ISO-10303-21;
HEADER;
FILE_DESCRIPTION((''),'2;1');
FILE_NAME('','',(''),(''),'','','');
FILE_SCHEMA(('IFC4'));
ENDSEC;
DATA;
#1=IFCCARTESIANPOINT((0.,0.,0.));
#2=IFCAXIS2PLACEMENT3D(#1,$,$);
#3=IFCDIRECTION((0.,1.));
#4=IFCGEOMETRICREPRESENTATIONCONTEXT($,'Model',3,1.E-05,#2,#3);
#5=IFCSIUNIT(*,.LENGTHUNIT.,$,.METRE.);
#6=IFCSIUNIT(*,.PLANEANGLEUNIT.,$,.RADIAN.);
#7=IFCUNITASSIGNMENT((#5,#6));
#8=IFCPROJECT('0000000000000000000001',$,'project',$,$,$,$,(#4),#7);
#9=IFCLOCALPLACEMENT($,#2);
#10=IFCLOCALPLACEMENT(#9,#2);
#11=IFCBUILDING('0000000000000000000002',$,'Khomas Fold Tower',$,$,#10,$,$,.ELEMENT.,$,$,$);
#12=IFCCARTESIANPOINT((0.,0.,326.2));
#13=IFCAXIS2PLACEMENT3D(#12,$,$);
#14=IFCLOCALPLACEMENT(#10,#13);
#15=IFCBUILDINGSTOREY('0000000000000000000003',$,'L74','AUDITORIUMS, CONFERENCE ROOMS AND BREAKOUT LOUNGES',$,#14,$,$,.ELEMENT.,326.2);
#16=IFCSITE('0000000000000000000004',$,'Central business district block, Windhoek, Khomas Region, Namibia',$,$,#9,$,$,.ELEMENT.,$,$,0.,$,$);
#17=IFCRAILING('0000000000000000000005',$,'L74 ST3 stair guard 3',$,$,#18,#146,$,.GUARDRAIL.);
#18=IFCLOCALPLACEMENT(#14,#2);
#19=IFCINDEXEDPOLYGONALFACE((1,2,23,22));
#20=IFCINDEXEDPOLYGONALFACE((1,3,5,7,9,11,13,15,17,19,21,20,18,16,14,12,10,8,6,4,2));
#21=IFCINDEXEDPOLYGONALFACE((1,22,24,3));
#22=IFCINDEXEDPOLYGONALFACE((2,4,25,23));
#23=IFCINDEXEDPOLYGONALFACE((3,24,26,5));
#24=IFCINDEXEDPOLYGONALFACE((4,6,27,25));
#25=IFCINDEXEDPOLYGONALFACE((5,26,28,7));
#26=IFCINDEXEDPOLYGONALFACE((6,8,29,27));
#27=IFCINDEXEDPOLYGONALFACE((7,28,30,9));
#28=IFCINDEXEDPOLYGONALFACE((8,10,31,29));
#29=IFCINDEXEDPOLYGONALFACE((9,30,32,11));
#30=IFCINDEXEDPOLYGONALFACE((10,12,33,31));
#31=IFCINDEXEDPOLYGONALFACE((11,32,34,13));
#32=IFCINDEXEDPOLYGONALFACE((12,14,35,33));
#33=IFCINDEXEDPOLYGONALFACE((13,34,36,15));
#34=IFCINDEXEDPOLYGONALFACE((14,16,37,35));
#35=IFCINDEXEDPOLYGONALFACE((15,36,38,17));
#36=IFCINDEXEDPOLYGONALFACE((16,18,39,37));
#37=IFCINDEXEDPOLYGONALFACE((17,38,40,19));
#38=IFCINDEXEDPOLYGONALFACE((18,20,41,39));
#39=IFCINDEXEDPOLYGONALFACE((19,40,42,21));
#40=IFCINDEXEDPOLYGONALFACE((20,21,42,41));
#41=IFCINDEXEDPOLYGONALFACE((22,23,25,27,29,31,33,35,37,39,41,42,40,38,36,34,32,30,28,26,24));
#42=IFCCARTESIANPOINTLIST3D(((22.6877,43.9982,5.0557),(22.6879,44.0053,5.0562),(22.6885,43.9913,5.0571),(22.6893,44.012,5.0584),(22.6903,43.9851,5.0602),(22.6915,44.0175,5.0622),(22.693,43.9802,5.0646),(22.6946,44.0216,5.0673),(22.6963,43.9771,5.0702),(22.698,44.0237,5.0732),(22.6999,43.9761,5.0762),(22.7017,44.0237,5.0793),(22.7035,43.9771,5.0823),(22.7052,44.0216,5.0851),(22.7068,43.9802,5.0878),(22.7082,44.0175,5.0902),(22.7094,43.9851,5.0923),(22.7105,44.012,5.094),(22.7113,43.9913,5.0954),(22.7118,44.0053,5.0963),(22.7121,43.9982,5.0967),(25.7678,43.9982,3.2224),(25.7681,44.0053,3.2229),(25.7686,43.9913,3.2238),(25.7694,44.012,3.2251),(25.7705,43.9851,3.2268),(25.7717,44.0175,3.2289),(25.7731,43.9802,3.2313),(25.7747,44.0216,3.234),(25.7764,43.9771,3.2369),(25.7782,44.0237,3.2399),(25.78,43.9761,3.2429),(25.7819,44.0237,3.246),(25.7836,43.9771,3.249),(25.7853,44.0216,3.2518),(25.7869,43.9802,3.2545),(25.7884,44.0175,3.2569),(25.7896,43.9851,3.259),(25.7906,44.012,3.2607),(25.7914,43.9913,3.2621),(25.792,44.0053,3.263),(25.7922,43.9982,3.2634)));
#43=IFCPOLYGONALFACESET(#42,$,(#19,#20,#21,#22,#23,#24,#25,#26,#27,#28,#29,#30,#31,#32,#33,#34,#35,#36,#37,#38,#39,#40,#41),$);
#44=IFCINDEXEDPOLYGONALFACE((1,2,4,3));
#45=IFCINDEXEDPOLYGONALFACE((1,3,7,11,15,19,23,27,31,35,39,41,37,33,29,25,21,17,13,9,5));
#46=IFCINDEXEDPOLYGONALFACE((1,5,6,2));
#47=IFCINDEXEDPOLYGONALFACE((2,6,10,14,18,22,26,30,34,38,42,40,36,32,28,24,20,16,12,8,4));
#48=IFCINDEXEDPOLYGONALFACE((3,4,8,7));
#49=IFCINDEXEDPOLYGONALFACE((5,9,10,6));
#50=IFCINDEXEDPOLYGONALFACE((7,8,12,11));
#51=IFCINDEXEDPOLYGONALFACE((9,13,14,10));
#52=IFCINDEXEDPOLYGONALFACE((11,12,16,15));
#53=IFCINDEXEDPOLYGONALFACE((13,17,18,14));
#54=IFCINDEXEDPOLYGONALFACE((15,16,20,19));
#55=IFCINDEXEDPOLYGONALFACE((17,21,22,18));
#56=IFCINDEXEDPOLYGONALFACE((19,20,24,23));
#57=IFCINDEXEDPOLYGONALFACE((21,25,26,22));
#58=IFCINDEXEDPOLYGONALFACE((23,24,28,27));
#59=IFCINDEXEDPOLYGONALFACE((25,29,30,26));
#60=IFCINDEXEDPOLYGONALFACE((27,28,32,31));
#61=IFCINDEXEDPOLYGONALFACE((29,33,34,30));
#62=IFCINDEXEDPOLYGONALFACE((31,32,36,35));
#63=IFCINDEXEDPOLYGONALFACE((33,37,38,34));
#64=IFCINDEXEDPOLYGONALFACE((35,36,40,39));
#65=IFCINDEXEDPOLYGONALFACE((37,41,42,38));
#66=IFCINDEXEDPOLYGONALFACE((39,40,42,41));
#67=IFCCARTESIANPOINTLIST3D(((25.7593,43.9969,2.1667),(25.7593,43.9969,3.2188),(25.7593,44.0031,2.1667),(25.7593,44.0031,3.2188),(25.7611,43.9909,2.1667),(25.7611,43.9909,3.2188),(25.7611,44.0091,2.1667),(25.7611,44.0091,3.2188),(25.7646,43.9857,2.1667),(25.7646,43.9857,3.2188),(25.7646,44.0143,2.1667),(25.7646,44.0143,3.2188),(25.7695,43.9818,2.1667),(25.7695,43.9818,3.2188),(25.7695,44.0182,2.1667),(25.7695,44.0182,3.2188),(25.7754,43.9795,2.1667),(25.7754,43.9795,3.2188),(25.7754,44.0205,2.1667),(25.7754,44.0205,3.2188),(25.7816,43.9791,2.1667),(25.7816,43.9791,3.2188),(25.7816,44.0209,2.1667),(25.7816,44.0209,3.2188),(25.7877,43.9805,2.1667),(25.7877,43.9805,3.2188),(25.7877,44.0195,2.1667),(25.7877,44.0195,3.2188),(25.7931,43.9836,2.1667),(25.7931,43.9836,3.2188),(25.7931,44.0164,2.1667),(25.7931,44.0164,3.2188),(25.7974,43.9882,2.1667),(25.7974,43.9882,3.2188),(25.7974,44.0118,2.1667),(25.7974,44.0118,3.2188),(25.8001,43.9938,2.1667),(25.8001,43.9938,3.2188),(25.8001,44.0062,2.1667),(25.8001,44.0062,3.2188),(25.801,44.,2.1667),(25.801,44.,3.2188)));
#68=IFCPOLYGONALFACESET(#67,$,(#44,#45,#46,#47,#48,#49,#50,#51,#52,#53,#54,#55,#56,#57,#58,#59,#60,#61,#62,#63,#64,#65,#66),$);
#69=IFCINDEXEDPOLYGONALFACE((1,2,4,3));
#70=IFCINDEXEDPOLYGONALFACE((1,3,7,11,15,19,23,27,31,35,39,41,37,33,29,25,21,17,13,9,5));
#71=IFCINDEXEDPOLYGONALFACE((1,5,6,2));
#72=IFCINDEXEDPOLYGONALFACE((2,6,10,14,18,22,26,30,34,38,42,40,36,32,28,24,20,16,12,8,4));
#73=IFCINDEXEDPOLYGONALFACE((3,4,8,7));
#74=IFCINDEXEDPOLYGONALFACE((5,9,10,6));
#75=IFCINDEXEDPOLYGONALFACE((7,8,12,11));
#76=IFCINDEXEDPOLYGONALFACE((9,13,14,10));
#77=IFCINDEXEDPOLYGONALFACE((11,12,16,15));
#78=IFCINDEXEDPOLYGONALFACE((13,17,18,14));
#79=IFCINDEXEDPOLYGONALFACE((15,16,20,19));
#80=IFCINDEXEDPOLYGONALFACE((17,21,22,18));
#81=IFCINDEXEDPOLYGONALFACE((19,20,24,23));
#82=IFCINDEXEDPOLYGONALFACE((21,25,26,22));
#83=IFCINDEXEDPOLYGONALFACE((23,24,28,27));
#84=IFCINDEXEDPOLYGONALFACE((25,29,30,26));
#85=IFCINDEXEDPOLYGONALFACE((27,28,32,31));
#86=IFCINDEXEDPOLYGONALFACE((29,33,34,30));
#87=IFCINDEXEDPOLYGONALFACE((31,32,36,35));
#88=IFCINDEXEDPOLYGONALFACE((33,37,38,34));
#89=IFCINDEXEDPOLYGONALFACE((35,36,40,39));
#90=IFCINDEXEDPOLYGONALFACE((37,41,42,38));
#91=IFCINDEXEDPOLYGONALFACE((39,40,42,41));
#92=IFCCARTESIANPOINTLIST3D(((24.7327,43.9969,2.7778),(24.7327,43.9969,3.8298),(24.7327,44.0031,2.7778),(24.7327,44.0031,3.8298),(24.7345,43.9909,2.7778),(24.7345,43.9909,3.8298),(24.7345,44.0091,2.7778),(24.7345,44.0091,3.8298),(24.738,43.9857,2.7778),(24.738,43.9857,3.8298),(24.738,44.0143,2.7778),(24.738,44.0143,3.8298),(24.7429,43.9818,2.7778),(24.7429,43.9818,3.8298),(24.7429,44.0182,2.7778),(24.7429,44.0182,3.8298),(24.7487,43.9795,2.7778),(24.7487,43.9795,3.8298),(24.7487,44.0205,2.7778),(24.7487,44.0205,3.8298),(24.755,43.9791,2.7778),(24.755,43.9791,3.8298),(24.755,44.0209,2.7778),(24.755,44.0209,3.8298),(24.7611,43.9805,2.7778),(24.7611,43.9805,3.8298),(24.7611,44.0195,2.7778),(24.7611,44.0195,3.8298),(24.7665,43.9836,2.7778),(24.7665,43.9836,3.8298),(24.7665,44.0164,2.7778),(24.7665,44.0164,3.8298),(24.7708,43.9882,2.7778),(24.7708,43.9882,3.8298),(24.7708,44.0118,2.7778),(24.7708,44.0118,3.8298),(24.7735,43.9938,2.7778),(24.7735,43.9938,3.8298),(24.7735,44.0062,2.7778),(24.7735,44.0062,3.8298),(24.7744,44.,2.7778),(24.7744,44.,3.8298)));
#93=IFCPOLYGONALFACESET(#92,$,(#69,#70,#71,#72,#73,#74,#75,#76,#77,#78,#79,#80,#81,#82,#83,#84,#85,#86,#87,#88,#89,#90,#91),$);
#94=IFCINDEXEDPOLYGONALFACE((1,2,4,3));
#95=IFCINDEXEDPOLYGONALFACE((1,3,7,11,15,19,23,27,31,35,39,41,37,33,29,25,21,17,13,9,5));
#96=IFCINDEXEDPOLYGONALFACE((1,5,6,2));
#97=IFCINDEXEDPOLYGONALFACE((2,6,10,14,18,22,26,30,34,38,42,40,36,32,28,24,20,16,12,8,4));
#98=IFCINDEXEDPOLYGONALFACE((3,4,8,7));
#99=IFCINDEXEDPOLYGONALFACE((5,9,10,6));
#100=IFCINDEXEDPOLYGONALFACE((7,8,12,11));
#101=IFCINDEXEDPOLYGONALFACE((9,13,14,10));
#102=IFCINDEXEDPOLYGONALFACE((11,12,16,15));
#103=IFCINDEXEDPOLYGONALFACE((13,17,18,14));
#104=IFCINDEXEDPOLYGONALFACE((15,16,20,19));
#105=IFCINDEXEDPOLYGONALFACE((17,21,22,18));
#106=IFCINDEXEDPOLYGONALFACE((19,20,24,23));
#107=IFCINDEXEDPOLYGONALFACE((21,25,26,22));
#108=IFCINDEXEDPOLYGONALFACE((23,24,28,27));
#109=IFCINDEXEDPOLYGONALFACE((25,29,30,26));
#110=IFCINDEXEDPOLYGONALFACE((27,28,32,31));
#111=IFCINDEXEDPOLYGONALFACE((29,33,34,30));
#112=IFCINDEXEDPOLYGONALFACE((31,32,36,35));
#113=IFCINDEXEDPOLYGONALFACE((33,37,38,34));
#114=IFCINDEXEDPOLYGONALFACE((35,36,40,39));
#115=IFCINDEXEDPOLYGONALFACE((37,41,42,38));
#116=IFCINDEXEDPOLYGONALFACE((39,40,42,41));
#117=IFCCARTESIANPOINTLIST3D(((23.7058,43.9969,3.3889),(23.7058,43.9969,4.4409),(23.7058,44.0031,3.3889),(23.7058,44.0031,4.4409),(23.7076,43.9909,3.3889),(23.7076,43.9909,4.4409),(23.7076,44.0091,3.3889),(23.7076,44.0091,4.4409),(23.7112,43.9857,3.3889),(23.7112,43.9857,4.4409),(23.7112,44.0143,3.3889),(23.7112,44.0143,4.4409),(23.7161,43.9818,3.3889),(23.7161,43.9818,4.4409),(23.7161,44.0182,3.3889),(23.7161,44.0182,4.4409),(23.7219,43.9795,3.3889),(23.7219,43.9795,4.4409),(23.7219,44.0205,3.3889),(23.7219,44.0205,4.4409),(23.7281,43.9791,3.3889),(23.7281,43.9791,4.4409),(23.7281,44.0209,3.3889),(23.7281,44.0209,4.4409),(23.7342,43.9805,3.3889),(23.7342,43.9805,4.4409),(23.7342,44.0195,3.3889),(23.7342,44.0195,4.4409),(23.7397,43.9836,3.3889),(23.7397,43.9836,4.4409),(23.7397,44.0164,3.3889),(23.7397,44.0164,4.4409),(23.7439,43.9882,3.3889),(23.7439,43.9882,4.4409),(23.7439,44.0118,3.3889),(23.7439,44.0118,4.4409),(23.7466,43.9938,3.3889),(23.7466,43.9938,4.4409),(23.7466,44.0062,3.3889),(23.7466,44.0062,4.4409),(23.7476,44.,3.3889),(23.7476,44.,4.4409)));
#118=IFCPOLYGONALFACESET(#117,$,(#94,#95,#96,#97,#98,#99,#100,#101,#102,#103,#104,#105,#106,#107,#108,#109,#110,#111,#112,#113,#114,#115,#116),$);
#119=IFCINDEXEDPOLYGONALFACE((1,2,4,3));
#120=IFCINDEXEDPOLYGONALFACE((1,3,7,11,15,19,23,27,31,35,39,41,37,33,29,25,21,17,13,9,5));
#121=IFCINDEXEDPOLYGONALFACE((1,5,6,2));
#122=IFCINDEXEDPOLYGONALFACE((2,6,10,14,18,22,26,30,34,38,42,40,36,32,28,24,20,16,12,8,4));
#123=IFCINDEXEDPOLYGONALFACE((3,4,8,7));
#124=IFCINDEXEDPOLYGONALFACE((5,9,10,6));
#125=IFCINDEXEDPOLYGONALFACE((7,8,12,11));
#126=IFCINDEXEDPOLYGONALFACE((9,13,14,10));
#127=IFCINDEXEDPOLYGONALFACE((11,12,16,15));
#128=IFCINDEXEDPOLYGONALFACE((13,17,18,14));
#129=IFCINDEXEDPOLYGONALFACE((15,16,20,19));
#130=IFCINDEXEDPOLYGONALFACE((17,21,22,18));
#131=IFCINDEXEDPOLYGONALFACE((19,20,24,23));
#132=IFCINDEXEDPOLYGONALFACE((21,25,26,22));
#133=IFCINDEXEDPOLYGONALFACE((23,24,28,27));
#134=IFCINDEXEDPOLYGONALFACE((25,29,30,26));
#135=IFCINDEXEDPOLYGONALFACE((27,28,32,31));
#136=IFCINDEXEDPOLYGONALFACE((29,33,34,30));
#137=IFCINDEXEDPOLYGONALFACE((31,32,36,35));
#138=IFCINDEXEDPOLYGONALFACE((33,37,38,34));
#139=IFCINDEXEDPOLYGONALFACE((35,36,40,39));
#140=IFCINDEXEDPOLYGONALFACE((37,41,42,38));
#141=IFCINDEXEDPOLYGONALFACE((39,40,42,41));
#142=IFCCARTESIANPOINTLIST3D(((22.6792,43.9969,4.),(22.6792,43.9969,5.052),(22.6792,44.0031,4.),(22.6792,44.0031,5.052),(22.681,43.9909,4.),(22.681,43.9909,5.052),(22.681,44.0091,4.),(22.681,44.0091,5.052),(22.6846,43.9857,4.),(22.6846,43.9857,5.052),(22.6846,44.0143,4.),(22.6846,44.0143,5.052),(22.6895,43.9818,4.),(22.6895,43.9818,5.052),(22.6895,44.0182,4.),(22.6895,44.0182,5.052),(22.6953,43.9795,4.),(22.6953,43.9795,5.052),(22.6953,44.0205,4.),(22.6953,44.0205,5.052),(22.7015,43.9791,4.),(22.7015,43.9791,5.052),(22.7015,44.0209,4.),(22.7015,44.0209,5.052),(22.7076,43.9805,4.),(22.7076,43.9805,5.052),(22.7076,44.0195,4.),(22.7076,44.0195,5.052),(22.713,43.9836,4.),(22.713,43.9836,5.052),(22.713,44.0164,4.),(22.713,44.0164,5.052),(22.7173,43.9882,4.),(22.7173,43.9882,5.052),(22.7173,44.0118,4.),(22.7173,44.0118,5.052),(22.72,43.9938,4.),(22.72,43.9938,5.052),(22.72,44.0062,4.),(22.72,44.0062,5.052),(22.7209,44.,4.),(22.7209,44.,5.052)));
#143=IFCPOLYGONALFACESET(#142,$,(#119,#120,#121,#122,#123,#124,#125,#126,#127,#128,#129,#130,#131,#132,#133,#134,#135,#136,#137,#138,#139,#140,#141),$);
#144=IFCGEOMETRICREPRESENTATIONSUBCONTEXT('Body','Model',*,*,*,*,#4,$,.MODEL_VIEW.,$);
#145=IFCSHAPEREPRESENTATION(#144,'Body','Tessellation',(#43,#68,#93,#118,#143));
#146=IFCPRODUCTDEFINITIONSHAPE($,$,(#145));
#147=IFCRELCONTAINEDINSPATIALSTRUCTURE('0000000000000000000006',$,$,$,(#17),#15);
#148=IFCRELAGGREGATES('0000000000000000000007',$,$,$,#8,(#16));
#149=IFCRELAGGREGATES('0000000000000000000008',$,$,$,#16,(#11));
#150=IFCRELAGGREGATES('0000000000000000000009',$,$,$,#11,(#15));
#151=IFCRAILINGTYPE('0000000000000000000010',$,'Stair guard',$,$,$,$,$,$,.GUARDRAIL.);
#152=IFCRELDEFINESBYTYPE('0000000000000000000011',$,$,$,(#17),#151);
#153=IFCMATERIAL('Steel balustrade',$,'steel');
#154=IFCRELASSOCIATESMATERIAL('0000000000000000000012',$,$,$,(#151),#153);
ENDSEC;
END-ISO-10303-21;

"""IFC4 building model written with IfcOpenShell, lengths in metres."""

from ifc_helpers import new_model, si_unit, direction, frame, origin, origin_2d, place, context, subcontext, project, spatial, circle, extrude, source, transform, mapped, material, type_object, element, save


model = new_model("IFC4")

# Units and contexts
model_context = context("Model", 3, precision=1e-05, world=origin(), true_north=direction((0.0, 1.0)))
body_context = subcontext(model_context, "Body", "Model", "MODEL_VIEW")
ifc_project = project(units=[si_unit("LENGTHUNIT", "METRE"), si_unit("PLANEANGLEUNIT", "RADIAN")], contexts=[model_context])

# Site, building, storey
site_placement = place(None, origin())
site = spatial("IfcSite", under=ifc_project, at=site_placement, Name="Central business district block, Windhoek, Khomas Region, Namibia", CompositionType="ELEMENT", RefElevation=0.0)
building_placement = place(site_placement, origin())
building = spatial("IfcBuilding", under=site, at=building_placement, Name="Khomas Fold Tower", CompositionType="ELEMENT")
storey_placement = place(building_placement, frame((0.0, 0.0, 326.2)))
storey = spatial("IfcBuildingStorey", under=building, at=storey_placement, Name="L74", Description="AUDITORIUMS, CONFERENCE ROOMS AND BREAKOUT LOUNGES", CompositionType="ELEMENT", Elevation=326.2)

# Railing
ifc_material_1 = material(Name="Steel balustrade", Category="steel")
railing_type_1 = type_object("IfcRailingType", Name="Stair guard", PredefinedType="GUARDRAIL", material=ifc_material_1)
shared_shape_1 = source(origin(), body_context, "Body", "SweptSolid", [
    extrude(circle(Radius=0.0239, at=origin_2d()), frame((0.0, 0.0, 1.0762), z_axis=(-0.859309, 0.0, 0.511458), x_axis=(0.0, -1.0, 0.0)), (0.0, 0.0, 1.0), 3.5845),
    extrude(circle(Radius=0.021, at=origin_2d()), origin(), (0.0, 0.0, 1.0), 1.052),
    extrude(circle(Radius=0.021, at=origin_2d()), frame((-1.0266, 0.0, 0.6111)), (0.0, 0.0, 1.0), 1.052),
    extrude(circle(Radius=0.021, at=origin_2d()), frame((-2.0535, 0.0, 1.2222)), (0.0, 0.0, 1.0), 1.052),
    extrude(circle(Radius=0.021, at=origin_2d()), frame((-3.0801, 0.0, 1.8333)), (0.0, 0.0, 1.0), 1.052),
])
railing_1_placement = place(storey_placement, frame((25.78, 44.0, 2.1667)))
element("IfcRailing", 1, at=railing_1_placement, inside=storey, type_object=railing_type_1, Name="L74 ST3 stair guard 3", PredefinedType="GUARDRAIL", context=body_context, shape_type="MappedRepresentation", body=[
    mapped(shared_shape_1, transform((0.0, 0.0, 0.0))),
])

save(model, "model.ifc")
